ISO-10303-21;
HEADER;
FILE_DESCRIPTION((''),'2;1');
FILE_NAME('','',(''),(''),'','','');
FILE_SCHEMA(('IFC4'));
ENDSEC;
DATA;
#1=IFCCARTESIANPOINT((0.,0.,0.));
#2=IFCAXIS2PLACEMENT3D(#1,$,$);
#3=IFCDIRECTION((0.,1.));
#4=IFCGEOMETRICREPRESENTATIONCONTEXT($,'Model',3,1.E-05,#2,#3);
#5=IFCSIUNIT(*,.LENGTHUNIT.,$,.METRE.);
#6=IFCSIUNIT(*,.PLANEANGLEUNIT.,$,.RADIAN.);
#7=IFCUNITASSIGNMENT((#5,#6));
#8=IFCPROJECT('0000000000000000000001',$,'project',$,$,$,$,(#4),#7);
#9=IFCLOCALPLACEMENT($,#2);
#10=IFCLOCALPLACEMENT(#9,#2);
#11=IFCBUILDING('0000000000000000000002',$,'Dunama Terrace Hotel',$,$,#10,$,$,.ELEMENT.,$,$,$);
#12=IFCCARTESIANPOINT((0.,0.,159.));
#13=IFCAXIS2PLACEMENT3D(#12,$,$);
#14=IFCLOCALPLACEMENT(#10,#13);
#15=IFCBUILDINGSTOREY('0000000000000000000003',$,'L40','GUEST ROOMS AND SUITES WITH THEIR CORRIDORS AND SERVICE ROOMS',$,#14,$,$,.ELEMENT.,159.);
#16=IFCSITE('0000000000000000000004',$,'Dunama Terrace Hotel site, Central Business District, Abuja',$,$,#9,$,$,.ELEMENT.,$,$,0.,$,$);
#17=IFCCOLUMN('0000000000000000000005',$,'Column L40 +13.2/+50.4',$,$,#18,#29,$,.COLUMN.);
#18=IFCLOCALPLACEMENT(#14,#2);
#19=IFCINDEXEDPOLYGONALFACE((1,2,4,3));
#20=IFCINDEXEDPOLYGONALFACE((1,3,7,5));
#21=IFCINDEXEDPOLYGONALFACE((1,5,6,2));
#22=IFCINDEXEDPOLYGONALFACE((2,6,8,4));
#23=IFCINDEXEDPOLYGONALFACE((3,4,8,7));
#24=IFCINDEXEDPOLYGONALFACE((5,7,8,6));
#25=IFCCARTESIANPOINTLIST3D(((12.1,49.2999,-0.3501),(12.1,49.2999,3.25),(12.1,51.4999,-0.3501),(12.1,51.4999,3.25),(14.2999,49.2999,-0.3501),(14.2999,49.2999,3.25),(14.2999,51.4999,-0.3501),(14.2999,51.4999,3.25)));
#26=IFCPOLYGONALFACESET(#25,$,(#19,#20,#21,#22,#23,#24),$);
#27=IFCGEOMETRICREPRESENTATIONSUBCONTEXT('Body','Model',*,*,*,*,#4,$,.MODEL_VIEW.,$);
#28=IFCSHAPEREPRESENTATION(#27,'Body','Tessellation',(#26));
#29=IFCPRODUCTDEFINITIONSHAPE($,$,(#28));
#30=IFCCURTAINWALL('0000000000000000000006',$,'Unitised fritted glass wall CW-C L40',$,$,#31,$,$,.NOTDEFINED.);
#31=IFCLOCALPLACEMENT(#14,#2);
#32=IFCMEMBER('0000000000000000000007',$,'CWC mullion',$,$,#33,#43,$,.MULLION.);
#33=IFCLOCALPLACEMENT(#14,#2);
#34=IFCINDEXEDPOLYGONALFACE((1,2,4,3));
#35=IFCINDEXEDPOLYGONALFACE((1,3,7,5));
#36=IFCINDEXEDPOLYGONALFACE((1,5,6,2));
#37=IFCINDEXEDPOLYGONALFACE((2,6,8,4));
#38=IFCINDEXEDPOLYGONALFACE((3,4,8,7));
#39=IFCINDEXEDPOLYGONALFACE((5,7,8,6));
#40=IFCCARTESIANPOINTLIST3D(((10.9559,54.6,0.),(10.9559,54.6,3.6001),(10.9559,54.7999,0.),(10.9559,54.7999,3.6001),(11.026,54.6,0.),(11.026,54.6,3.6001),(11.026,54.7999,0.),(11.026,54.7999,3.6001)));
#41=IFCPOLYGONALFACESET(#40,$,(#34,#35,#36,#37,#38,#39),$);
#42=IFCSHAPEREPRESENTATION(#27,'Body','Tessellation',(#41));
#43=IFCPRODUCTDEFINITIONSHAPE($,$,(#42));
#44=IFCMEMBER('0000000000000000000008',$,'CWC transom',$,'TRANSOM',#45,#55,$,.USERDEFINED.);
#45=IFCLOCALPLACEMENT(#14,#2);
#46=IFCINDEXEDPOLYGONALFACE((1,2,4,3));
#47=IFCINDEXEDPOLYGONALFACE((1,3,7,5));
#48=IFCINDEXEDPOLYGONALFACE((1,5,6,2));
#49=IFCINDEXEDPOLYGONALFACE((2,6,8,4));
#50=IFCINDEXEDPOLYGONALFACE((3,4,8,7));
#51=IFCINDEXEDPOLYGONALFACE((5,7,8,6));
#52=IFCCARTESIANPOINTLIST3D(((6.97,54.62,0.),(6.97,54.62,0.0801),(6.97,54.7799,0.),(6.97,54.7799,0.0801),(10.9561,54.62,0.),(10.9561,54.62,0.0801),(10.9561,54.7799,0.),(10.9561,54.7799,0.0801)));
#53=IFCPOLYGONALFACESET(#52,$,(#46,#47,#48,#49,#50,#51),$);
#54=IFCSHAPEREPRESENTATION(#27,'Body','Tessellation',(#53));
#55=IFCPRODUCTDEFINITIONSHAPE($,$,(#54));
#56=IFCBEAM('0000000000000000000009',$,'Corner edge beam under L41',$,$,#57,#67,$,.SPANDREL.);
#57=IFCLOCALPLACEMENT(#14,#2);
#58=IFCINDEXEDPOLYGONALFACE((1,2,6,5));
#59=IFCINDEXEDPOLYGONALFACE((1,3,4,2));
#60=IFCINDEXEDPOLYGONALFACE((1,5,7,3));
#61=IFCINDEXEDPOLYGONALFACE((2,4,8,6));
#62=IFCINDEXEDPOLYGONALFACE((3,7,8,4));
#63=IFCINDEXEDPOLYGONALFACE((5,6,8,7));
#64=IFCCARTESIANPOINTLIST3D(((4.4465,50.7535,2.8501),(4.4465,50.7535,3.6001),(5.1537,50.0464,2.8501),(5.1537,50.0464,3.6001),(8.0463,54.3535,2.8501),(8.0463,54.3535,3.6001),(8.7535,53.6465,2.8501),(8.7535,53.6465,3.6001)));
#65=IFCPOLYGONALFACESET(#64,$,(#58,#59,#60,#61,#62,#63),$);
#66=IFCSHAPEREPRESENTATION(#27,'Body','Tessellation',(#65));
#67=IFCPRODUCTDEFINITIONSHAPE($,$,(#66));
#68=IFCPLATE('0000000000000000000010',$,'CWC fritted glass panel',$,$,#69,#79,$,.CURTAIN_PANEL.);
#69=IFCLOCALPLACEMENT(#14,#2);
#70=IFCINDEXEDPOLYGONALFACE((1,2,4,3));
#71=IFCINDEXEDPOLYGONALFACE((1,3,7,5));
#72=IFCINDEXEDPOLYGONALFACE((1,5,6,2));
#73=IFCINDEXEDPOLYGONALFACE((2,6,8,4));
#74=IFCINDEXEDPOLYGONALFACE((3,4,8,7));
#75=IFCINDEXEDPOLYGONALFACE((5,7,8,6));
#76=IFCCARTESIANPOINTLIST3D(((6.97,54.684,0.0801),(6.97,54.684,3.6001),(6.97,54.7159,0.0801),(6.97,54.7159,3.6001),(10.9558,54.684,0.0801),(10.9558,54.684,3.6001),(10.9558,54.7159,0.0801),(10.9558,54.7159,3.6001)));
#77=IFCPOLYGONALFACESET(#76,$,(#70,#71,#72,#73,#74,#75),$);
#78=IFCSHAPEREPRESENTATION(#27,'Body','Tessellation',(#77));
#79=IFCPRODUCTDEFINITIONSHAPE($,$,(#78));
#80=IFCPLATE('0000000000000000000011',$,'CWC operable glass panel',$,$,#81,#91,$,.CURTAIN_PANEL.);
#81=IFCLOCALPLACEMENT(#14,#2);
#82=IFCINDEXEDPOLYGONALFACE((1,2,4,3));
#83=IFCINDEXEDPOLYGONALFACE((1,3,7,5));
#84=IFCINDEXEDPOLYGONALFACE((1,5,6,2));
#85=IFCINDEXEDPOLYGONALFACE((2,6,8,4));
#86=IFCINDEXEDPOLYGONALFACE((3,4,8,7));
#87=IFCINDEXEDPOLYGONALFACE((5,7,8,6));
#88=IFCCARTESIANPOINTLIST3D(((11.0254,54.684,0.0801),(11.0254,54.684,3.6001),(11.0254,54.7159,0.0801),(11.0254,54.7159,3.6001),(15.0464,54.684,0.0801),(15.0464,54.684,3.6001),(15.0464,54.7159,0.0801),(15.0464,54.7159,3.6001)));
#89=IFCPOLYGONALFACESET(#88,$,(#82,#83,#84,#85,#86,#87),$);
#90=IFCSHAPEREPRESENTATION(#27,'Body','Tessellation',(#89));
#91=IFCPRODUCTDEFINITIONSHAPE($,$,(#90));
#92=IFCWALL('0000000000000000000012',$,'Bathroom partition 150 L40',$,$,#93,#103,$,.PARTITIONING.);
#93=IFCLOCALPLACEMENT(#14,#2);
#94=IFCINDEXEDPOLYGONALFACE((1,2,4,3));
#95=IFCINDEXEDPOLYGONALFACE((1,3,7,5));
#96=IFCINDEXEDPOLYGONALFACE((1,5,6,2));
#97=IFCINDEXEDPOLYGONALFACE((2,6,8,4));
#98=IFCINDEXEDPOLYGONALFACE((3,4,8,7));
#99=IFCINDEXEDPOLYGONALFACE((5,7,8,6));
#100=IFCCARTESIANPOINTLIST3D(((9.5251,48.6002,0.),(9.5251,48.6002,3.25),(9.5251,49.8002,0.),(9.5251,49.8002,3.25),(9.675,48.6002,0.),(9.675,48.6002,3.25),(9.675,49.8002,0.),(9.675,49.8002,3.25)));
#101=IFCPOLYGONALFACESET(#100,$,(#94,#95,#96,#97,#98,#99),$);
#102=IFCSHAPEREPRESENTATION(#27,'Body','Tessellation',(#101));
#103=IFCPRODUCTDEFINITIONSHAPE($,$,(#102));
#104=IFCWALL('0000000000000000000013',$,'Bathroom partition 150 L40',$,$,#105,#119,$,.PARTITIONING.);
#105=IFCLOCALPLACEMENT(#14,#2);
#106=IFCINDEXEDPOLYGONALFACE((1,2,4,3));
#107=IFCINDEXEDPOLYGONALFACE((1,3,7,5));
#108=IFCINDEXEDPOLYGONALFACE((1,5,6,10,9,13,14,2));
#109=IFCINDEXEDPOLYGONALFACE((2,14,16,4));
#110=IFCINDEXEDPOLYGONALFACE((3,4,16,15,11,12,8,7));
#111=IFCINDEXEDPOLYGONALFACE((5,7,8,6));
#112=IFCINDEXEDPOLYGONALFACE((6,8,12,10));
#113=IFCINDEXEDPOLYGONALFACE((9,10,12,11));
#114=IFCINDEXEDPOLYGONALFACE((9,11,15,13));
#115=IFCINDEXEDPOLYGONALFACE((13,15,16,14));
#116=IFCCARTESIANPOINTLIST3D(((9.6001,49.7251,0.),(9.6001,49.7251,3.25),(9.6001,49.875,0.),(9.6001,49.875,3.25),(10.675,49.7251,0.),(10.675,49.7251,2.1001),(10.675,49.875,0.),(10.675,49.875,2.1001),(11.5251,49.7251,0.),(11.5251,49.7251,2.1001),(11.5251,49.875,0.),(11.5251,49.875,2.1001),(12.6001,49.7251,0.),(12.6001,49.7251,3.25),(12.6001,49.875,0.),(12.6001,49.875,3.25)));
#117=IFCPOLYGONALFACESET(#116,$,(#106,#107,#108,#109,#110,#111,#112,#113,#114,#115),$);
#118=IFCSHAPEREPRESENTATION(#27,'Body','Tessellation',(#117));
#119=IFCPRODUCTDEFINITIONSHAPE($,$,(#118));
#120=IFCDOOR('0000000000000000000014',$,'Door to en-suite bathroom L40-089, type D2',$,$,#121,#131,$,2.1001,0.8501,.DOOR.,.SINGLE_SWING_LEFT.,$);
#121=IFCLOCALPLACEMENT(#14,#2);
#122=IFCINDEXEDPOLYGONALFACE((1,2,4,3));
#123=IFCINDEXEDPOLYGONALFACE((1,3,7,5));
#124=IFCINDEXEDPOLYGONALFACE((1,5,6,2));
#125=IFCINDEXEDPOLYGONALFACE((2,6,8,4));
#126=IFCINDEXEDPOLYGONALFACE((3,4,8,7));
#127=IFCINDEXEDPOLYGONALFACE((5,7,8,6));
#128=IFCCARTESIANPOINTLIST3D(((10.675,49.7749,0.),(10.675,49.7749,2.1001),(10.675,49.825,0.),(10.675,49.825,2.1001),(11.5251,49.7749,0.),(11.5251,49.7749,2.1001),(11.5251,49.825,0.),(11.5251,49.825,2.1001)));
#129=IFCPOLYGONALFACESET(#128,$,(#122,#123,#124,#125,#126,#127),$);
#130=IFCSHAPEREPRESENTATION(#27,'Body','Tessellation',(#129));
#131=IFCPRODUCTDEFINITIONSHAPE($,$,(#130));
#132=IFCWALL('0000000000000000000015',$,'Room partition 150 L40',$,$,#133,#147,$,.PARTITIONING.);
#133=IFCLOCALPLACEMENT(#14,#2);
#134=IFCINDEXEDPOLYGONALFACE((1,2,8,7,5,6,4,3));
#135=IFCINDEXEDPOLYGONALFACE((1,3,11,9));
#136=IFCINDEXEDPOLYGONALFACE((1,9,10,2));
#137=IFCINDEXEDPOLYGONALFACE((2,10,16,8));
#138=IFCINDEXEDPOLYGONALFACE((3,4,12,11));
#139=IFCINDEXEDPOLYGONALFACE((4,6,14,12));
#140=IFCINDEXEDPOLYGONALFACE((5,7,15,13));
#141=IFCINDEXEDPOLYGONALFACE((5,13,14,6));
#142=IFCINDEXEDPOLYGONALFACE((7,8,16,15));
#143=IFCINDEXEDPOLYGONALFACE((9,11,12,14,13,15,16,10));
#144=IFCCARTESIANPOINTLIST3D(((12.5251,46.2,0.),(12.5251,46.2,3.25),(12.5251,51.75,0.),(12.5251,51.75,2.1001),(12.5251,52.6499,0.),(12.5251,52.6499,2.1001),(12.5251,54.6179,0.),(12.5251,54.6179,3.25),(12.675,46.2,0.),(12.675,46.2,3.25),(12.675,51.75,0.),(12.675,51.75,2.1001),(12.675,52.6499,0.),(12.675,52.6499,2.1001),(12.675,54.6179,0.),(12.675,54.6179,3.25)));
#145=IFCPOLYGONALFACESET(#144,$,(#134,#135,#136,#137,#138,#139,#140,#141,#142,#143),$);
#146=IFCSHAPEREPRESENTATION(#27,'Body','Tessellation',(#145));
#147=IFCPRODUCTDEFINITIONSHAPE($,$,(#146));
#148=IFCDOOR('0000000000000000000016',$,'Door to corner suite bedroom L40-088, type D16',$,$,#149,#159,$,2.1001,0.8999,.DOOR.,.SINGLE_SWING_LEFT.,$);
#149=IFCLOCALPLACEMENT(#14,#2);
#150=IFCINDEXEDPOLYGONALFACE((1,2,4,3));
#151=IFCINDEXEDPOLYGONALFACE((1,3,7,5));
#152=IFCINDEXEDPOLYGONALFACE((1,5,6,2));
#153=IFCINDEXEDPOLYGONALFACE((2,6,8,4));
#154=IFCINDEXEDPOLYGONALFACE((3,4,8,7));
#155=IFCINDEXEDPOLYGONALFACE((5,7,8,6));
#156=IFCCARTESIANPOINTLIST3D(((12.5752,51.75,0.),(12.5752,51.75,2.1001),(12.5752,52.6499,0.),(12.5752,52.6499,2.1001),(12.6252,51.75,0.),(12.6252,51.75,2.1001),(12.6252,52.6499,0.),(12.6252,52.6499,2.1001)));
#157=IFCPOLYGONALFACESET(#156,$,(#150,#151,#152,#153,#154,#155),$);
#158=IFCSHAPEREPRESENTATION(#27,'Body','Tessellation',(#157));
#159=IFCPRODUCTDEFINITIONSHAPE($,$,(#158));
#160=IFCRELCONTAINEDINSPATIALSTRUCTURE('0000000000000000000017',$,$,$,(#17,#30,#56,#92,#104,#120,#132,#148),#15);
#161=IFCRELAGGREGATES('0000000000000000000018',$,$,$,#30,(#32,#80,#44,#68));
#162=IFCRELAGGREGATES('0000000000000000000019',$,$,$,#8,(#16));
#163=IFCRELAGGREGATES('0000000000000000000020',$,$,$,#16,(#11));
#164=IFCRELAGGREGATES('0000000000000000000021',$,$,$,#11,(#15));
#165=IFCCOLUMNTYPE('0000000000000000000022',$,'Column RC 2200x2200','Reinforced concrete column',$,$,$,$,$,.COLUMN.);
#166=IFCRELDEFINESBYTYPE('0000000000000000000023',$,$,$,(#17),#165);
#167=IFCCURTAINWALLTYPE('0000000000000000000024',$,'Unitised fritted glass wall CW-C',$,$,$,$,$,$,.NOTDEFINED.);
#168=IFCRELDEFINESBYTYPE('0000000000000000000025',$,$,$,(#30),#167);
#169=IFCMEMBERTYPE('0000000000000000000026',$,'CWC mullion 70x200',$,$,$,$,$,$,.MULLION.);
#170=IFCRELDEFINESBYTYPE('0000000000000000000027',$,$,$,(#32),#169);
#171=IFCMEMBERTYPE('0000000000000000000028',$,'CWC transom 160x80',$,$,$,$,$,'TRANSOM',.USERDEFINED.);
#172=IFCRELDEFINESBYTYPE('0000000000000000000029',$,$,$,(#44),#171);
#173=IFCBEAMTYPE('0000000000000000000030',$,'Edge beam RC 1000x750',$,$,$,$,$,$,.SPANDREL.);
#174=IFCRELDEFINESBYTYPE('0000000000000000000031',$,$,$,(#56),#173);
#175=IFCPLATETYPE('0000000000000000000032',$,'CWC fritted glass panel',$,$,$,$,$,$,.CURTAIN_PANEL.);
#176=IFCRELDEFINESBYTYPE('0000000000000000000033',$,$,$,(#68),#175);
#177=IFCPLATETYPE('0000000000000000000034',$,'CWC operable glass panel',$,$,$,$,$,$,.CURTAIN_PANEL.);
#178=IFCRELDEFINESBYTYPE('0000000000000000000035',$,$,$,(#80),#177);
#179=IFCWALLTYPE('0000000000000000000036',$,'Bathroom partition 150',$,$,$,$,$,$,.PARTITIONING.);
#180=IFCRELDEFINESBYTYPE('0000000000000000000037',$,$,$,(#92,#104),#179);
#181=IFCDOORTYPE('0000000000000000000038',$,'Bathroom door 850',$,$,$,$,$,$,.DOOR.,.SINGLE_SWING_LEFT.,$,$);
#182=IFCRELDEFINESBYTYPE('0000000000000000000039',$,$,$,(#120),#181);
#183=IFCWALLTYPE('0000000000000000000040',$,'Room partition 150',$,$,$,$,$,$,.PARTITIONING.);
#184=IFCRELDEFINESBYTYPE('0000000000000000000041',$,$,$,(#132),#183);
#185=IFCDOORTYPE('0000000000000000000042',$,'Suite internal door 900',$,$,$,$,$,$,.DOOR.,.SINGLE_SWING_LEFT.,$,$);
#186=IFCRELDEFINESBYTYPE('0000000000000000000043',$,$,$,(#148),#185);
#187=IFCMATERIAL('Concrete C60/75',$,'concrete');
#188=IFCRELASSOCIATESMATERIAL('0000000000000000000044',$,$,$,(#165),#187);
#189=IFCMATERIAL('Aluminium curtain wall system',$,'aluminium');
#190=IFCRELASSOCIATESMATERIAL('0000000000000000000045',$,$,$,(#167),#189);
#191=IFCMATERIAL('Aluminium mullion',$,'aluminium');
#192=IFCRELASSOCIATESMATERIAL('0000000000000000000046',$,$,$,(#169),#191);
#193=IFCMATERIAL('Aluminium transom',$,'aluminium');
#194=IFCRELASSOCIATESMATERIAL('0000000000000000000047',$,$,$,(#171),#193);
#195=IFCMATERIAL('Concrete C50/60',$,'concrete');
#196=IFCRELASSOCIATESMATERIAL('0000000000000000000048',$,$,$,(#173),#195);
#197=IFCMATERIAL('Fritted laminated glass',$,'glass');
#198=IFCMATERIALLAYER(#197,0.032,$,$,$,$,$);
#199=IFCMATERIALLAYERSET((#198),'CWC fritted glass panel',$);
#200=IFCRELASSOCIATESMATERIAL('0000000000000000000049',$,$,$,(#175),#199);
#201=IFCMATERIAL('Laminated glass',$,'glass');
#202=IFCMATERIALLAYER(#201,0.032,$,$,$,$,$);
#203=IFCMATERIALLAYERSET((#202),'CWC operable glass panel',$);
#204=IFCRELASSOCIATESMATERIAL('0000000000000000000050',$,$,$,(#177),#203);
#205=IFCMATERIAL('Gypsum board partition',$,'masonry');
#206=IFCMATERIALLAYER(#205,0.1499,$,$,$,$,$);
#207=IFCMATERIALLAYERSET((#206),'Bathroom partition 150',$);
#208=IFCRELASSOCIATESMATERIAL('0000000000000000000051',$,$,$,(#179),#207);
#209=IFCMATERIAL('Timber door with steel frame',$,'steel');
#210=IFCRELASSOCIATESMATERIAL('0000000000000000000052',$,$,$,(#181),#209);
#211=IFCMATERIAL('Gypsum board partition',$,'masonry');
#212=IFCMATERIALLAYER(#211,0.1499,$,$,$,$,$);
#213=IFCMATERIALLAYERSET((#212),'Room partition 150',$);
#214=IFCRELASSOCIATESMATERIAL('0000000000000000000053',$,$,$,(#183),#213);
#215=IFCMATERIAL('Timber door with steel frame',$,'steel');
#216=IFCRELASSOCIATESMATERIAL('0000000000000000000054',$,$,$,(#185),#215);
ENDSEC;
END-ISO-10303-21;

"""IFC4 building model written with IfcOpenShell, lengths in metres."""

from ifc_helpers import new_model, si_unit, direction, frame, frame_2d, origin, origin_2d, place, context, subcontext, project, spatial, rectangle, extrude, material, layer, layer_set, material_profile, profile_set, type_object, element, fill, aggregate, save


model = new_model("IFC4")

# Units and contexts
model_context = context("Model", 3, precision=1e-05, world=origin(), true_north=direction((0.0, 1.0)))
body_context = subcontext(model_context, "Body", "Model", "MODEL_VIEW")
ifc_project = project(units=[si_unit("LENGTHUNIT", "METRE"), si_unit("PLANEANGLEUNIT", "RADIAN")], contexts=[model_context])

# Site, building, storey
site_placement = place(None, origin())
site = spatial("IfcSite", under=ifc_project, at=site_placement, Name="Dunama Terrace Hotel site, Central Business District, Abuja", CompositionType="ELEMENT", RefElevation=0.0)
building_placement = place(site_placement, origin())
building = spatial("IfcBuilding", under=site, at=building_placement, Name="Dunama Terrace Hotel", CompositionType="ELEMENT")
storey_placement = place(building_placement, frame((0.0, 0.0, 159.0)))
storey = spatial("IfcBuildingStorey", under=building, at=storey_placement, Name="L40", Description="GUEST ROOMS AND SUITES WITH THEIR CORRIDORS AND SERVICE ROOMS", CompositionType="ELEMENT", Elevation=159.0)

# Column
ifc_material_1 = material(Name="Concrete C60/75", Category="concrete")
ifc_material_profile_1 = material_profile(ifc_material_1, rectangle(XDim=2.2, YDim=2.2, at=origin_2d()), Name="RC 2200x2200")
ifc_profile_set_1 = profile_set([ifc_material_profile_1], Name="Concrete C60/75")
column_type = type_object("IfcColumnType", Name="Column RC 2200x2200", Description="Reinforced concrete column", PredefinedType="COLUMN", material=ifc_profile_set_1)
column_placement = place(storey_placement, frame((13.2, 50.3999, -0.3501), z_axis=(0.0, 0.0, 1.0), x_axis=(1.0, 0.0, 0.0)))
element("IfcColumn", 1, at=column_placement, inside=storey, type_object=column_type, Name="Column L40 +13.2/+50.4", PredefinedType="COLUMN", context=body_context, shape_type="SweptSolid", body=[
    extrude(rectangle(XDim=2.2, YDim=2.2, at=origin_2d()), origin(), (0.0, 0.0, 1.0), 3.6001),
])

# Curtain wall, members
ifc_material_2 = material(Name="Aluminium curtain wall system", Category="aluminium")
curtain_wall_type = type_object("IfcCurtainWallType", Name="Unitised fritted glass wall CW-C", PredefinedType="NOTDEFINED", material=ifc_material_2)
curtain_wall_placement = place(storey_placement, origin())
curtain_wall = element("IfcCurtainWall", 2, at=curtain_wall_placement, inside=storey, type_object=curtain_wall_type, Name="Unitised fritted glass wall CW-C L40", PredefinedType="NOTDEFINED")
ifc_material_3 = material(Name="Aluminium mullion", Category="aluminium")
ifc_material_profile_2 = material_profile(ifc_material_3, rectangle(XDim=0.0701, YDim=0.2, at=origin_2d()), Name="CWC MULLION 70X200")
ifc_profile_set_2 = profile_set([ifc_material_profile_2], Name="Aluminium mullion")
member_type_1 = type_object("IfcMemberType", Name="CWC mullion 70x200", PredefinedType="MULLION", material=ifc_profile_set_2)
member_1_placement = place(storey_placement, frame((10.991, 54.7, 0.0), z_axis=(0.0, 0.0, 1.0), x_axis=(-1.0, 0.0, 0.0)))
member_1 = element("IfcMember", 3, at=member_1_placement, type_object=member_type_1, Name="CWC mullion", PredefinedType="MULLION", context=body_context, shape_type="SweptSolid", body=[
    extrude(rectangle(XDim=0.0701, YDim=0.2, at=origin_2d()), origin(), (0.0, 0.0, 1.0), 3.6001),
])
ifc_material_4 = material(Name="Aluminium transom", Category="aluminium")
ifc_material_profile_3 = material_profile(ifc_material_4, rectangle(XDim=0.1599, YDim=0.0801, at=origin_2d()), Name="CWC TRANSOM 160X80")
ifc_profile_set_3 = profile_set([ifc_material_profile_3], Name="Aluminium transom")
member_type_2 = type_object("IfcMemberType", Name="CWC transom 160x80", ElementType="TRANSOM", PredefinedType="USERDEFINED", material=ifc_profile_set_3)
member_2_placement = place(storey_placement, frame((10.9561, 54.7, 0.04), z_axis=(-1.0, 0.0, 0.0), x_axis=(0.0, -1.0, 0.0)))
member_2 = element("IfcMember", 4, at=member_2_placement, type_object=member_type_2, Name="CWC transom", ObjectType="TRANSOM", PredefinedType="USERDEFINED", context=body_context, shape_type="SweptSolid", body=[
    extrude(rectangle(XDim=0.1599, YDim=0.0801, at=origin_2d()), origin(), (0.0, 0.0, 1.0), 3.9861),
])

# Beam
ifc_material_5 = material(Name="Concrete C50/60", Category="concrete")
ifc_material_profile_4 = material_profile(ifc_material_5, rectangle(XDim=1.0, YDim=0.75, at=origin_2d()), Name="RC 1000x750")
ifc_profile_set_4 = profile_set([ifc_material_profile_4], Name="Concrete C50/60")
beam_type = type_object("IfcBeamType", Name="Edge beam RC 1000x750", PredefinedType="SPANDREL", material=ifc_profile_set_4)
beam_placement = place(storey_placement, frame((8.3999, 54.0, 3.2251), z_axis=(-0.707083, -0.707131, 0.0), x_axis=(0.707131, -0.707083, 0.0)))
element("IfcBeam", 5, at=beam_placement, inside=storey, type_object=beam_type, Name="Corner edge beam under L41", PredefinedType="SPANDREL", context=body_context, shape_type="SweptSolid", body=[
    extrude(rectangle(XDim=1.0, YDim=0.75, at=origin_2d()), origin(), (0.0, 0.0, 1.0), 5.0911),
])

# Plates
ifc_material_6 = material(Name="Fritted laminated glass", Category="glass")
ifc_layer_1 = layer(ifc_material_6, 0.032)
ifc_layer_set_1 = layer_set([ifc_layer_1], Name="CWC fritted glass panel")
plate_type_1 = type_object("IfcPlateType", Name="CWC fritted glass panel", PredefinedType="CURTAIN_PANEL", material=ifc_layer_set_1)
plate_1_placement = place(storey_placement, frame((8.9629, 54.7, 0.0801), z_axis=(0.0, 0.0, 1.0), x_axis=(-1.0, 0.0, 0.0)))
plate_1 = element("IfcPlate", 6, at=plate_1_placement, type_object=plate_type_1, Name="CWC fritted glass panel", PredefinedType="CURTAIN_PANEL", context=body_context, shape_type="SweptSolid", body=[
    extrude(rectangle(XDim=3.9858, YDim=0.032, at=origin_2d()), origin(), (0.0, 0.0, 1.0), 3.52),
])
ifc_material_7 = material(Name="Laminated glass", Category="glass")
ifc_layer_2 = layer(ifc_material_7, 0.032)
ifc_layer_set_2 = layer_set([ifc_layer_2], Name="CWC operable glass panel")
plate_type_2 = type_object("IfcPlateType", Name="CWC operable glass panel", PredefinedType="CURTAIN_PANEL", material=ifc_layer_set_2)
plate_2_placement = place(storey_placement, frame((13.0359, 54.7, 0.0801), z_axis=(0.0, 0.0, 1.0), x_axis=(-1.0, 0.0, 0.0)))
plate_2 = element("IfcPlate", 7, at=plate_2_placement, type_object=plate_type_2, Name="CWC operable glass panel", PredefinedType="CURTAIN_PANEL", context=body_context, shape_type="SweptSolid", body=[
    extrude(rectangle(XDim=4.021, YDim=0.032, at=origin_2d()), origin(), (0.0, 0.0, 1.0), 3.52),
])
aggregate(curtain_wall, [member_1, plate_2, member_2, plate_1])

# Wall
ifc_material_8 = material(Name="Gypsum board partition", Category="masonry")
ifc_layer_3 = layer(ifc_material_8, 0.1499)
ifc_layer_set_3 = layer_set([ifc_layer_3], Name="Bathroom partition 150")
wall_type_1 = type_object("IfcWallType", Name="Bathroom partition 150", PredefinedType="PARTITIONING", material=ifc_layer_set_3)
wall_1_placement = place(storey_placement, frame((9.6001, 48.6001, 0.0), z_axis=(0.0, 0.0, 1.0), x_axis=(0.0, 1.0, 0.0)))
element("IfcWall", 8, at=wall_1_placement, inside=storey, type_object=wall_type_1, Name="Bathroom partition 150 L40", PredefinedType="PARTITIONING", context=body_context, shape_type="SweptSolid", body=[
    extrude(rectangle(XDim=1.2, YDim=0.1499, at=frame_2d((0.6001, 0.0))), origin(), (0.0, 0.0, 1.0), 3.25),
])

# Walls, openings, doors
wall_2_placement = place(storey_placement, frame((9.6001, 49.8, 0.0), z_axis=(0.0, 0.0, 1.0), x_axis=(1.0, 0.0, 0.0)))
wall_2 = element("IfcWall", 9, at=wall_2_placement, inside=storey, type_object=wall_type_1, Name="Bathroom partition 150 L40", PredefinedType="PARTITIONING", context=body_context, shape_type="SweptSolid", body=[
    extrude(rectangle(XDim=3.0, YDim=0.1499, at=frame_2d((1.5, 0.0))), origin(), (0.0, 0.0, 1.0), 3.25),
])
opening_1_placement = place(wall_2_placement, frame((1.075, 0.0, 0.0)))
opening_1 = element("IfcOpeningElement", 10, at=opening_1_placement, cuts=wall_2, PredefinedType="OPENING", context=body_context, shape_type="SweptSolid", body=[
    extrude(rectangle(XDim=0.8501, YDim=2.1001, at=frame_2d((0.425, 1.05))), frame((0.0, 0.085, 0.0), z_axis=(0.0, -1.0, 0.0), x_axis=(1.0, 0.0, 0.0)), (0.0, 0.0, 1.0), 0.1699),
])
ifc_material_9 = material(Name="Timber door with steel frame", Category="steel")
door_type_1 = type_object("IfcDoorType", Name="Bathroom door 850", OperationType="SINGLE_SWING_LEFT", PredefinedType="DOOR", material=ifc_material_9)
door_1_placement = place(opening_1_placement, frame((0.8501, 0.0, 0.0), z_axis=(0.0, 0.0, 1.0), x_axis=(-1.0, 0.0, 0.0)))
door_1 = element("IfcDoor", 11, at=door_1_placement, inside=storey, type_object=door_type_1, Name="Door to en-suite bathroom L40-089, type D2", OperationType="SINGLE_SWING_LEFT", OverallHeight=2.1001, OverallWidth=0.8501, PredefinedType="DOOR", context=body_context, shape_type="SweptSolid", body=[
    extrude(rectangle(XDim=0.8501, YDim=2.1001, at=frame_2d((0.425, 1.05))), frame((0.0, 0.0251, 0.0), z_axis=(0.0, -1.0, 0.0), x_axis=(1.0, 0.0, 0.0)), (0.0, 0.0, 1.0), 0.05),
])
fill(opening_1, door_1)
ifc_material_10 = material(Name="Gypsum board partition", Category="masonry")
ifc_layer_4 = layer(ifc_material_10, 0.1499)
ifc_layer_set_4 = layer_set([ifc_layer_4], Name="Room partition 150")
wall_type_2 = type_object("IfcWallType", Name="Room partition 150", PredefinedType="PARTITIONING", material=ifc_layer_set_4)
wall_3_placement = place(storey_placement, frame((12.6001, 46.2, 0.0), z_axis=(0.0, 0.0, 1.0), x_axis=(0.0, 1.0, 0.0)))
wall_3 = element("IfcWall", 12, at=wall_3_placement, inside=storey, type_object=wall_type_2, Name="Room partition 150 L40", PredefinedType="PARTITIONING", context=body_context, shape_type="SweptSolid", body=[
    extrude(rectangle(XDim=8.418, YDim=0.1499, at=frame_2d((4.209, 0.0))), origin(), (0.0, 0.0, 1.0), 3.25),
])
opening_2_placement = place(wall_3_placement, frame((5.55, 0.0, 0.0)))
opening_2 = element("IfcOpeningElement", 13, at=opening_2_placement, cuts=wall_3, PredefinedType="OPENING", context=body_context, shape_type="SweptSolid", body=[
    extrude(rectangle(XDim=0.8999, YDim=2.1001, at=frame_2d((0.45, 1.05))), frame((0.0, 0.085, 0.0), z_axis=(0.0, -1.0, 0.0), x_axis=(1.0, 0.0, 0.0)), (0.0, 0.0, 1.0), 0.1699),
])
ifc_material_11 = material(Name="Timber door with steel frame", Category="steel")
door_type_2 = type_object("IfcDoorType", Name="Suite internal door 900", OperationType="SINGLE_SWING_LEFT", PredefinedType="DOOR", material=ifc_material_11)
door_2_placement = place(opening_2_placement, origin())
door_2 = element("IfcDoor", 14, at=door_2_placement, inside=storey, type_object=door_type_2, Name="Door to corner suite bedroom L40-088, type D16", OperationType="SINGLE_SWING_LEFT", OverallHeight=2.1001, OverallWidth=0.8999, PredefinedType="DOOR", context=body_context, shape_type="SweptSolid", body=[
    extrude(rectangle(XDim=0.8999, YDim=2.1001, at=frame_2d((0.45, 1.05))), frame((0.0, 0.0249, 0.0), z_axis=(0.0, -1.0, 0.0), x_axis=(1.0, 0.0, 0.0)), (0.0, 0.0, 1.0), 0.05),
])
fill(opening_2, door_2)

save(model, "model.ifc")
